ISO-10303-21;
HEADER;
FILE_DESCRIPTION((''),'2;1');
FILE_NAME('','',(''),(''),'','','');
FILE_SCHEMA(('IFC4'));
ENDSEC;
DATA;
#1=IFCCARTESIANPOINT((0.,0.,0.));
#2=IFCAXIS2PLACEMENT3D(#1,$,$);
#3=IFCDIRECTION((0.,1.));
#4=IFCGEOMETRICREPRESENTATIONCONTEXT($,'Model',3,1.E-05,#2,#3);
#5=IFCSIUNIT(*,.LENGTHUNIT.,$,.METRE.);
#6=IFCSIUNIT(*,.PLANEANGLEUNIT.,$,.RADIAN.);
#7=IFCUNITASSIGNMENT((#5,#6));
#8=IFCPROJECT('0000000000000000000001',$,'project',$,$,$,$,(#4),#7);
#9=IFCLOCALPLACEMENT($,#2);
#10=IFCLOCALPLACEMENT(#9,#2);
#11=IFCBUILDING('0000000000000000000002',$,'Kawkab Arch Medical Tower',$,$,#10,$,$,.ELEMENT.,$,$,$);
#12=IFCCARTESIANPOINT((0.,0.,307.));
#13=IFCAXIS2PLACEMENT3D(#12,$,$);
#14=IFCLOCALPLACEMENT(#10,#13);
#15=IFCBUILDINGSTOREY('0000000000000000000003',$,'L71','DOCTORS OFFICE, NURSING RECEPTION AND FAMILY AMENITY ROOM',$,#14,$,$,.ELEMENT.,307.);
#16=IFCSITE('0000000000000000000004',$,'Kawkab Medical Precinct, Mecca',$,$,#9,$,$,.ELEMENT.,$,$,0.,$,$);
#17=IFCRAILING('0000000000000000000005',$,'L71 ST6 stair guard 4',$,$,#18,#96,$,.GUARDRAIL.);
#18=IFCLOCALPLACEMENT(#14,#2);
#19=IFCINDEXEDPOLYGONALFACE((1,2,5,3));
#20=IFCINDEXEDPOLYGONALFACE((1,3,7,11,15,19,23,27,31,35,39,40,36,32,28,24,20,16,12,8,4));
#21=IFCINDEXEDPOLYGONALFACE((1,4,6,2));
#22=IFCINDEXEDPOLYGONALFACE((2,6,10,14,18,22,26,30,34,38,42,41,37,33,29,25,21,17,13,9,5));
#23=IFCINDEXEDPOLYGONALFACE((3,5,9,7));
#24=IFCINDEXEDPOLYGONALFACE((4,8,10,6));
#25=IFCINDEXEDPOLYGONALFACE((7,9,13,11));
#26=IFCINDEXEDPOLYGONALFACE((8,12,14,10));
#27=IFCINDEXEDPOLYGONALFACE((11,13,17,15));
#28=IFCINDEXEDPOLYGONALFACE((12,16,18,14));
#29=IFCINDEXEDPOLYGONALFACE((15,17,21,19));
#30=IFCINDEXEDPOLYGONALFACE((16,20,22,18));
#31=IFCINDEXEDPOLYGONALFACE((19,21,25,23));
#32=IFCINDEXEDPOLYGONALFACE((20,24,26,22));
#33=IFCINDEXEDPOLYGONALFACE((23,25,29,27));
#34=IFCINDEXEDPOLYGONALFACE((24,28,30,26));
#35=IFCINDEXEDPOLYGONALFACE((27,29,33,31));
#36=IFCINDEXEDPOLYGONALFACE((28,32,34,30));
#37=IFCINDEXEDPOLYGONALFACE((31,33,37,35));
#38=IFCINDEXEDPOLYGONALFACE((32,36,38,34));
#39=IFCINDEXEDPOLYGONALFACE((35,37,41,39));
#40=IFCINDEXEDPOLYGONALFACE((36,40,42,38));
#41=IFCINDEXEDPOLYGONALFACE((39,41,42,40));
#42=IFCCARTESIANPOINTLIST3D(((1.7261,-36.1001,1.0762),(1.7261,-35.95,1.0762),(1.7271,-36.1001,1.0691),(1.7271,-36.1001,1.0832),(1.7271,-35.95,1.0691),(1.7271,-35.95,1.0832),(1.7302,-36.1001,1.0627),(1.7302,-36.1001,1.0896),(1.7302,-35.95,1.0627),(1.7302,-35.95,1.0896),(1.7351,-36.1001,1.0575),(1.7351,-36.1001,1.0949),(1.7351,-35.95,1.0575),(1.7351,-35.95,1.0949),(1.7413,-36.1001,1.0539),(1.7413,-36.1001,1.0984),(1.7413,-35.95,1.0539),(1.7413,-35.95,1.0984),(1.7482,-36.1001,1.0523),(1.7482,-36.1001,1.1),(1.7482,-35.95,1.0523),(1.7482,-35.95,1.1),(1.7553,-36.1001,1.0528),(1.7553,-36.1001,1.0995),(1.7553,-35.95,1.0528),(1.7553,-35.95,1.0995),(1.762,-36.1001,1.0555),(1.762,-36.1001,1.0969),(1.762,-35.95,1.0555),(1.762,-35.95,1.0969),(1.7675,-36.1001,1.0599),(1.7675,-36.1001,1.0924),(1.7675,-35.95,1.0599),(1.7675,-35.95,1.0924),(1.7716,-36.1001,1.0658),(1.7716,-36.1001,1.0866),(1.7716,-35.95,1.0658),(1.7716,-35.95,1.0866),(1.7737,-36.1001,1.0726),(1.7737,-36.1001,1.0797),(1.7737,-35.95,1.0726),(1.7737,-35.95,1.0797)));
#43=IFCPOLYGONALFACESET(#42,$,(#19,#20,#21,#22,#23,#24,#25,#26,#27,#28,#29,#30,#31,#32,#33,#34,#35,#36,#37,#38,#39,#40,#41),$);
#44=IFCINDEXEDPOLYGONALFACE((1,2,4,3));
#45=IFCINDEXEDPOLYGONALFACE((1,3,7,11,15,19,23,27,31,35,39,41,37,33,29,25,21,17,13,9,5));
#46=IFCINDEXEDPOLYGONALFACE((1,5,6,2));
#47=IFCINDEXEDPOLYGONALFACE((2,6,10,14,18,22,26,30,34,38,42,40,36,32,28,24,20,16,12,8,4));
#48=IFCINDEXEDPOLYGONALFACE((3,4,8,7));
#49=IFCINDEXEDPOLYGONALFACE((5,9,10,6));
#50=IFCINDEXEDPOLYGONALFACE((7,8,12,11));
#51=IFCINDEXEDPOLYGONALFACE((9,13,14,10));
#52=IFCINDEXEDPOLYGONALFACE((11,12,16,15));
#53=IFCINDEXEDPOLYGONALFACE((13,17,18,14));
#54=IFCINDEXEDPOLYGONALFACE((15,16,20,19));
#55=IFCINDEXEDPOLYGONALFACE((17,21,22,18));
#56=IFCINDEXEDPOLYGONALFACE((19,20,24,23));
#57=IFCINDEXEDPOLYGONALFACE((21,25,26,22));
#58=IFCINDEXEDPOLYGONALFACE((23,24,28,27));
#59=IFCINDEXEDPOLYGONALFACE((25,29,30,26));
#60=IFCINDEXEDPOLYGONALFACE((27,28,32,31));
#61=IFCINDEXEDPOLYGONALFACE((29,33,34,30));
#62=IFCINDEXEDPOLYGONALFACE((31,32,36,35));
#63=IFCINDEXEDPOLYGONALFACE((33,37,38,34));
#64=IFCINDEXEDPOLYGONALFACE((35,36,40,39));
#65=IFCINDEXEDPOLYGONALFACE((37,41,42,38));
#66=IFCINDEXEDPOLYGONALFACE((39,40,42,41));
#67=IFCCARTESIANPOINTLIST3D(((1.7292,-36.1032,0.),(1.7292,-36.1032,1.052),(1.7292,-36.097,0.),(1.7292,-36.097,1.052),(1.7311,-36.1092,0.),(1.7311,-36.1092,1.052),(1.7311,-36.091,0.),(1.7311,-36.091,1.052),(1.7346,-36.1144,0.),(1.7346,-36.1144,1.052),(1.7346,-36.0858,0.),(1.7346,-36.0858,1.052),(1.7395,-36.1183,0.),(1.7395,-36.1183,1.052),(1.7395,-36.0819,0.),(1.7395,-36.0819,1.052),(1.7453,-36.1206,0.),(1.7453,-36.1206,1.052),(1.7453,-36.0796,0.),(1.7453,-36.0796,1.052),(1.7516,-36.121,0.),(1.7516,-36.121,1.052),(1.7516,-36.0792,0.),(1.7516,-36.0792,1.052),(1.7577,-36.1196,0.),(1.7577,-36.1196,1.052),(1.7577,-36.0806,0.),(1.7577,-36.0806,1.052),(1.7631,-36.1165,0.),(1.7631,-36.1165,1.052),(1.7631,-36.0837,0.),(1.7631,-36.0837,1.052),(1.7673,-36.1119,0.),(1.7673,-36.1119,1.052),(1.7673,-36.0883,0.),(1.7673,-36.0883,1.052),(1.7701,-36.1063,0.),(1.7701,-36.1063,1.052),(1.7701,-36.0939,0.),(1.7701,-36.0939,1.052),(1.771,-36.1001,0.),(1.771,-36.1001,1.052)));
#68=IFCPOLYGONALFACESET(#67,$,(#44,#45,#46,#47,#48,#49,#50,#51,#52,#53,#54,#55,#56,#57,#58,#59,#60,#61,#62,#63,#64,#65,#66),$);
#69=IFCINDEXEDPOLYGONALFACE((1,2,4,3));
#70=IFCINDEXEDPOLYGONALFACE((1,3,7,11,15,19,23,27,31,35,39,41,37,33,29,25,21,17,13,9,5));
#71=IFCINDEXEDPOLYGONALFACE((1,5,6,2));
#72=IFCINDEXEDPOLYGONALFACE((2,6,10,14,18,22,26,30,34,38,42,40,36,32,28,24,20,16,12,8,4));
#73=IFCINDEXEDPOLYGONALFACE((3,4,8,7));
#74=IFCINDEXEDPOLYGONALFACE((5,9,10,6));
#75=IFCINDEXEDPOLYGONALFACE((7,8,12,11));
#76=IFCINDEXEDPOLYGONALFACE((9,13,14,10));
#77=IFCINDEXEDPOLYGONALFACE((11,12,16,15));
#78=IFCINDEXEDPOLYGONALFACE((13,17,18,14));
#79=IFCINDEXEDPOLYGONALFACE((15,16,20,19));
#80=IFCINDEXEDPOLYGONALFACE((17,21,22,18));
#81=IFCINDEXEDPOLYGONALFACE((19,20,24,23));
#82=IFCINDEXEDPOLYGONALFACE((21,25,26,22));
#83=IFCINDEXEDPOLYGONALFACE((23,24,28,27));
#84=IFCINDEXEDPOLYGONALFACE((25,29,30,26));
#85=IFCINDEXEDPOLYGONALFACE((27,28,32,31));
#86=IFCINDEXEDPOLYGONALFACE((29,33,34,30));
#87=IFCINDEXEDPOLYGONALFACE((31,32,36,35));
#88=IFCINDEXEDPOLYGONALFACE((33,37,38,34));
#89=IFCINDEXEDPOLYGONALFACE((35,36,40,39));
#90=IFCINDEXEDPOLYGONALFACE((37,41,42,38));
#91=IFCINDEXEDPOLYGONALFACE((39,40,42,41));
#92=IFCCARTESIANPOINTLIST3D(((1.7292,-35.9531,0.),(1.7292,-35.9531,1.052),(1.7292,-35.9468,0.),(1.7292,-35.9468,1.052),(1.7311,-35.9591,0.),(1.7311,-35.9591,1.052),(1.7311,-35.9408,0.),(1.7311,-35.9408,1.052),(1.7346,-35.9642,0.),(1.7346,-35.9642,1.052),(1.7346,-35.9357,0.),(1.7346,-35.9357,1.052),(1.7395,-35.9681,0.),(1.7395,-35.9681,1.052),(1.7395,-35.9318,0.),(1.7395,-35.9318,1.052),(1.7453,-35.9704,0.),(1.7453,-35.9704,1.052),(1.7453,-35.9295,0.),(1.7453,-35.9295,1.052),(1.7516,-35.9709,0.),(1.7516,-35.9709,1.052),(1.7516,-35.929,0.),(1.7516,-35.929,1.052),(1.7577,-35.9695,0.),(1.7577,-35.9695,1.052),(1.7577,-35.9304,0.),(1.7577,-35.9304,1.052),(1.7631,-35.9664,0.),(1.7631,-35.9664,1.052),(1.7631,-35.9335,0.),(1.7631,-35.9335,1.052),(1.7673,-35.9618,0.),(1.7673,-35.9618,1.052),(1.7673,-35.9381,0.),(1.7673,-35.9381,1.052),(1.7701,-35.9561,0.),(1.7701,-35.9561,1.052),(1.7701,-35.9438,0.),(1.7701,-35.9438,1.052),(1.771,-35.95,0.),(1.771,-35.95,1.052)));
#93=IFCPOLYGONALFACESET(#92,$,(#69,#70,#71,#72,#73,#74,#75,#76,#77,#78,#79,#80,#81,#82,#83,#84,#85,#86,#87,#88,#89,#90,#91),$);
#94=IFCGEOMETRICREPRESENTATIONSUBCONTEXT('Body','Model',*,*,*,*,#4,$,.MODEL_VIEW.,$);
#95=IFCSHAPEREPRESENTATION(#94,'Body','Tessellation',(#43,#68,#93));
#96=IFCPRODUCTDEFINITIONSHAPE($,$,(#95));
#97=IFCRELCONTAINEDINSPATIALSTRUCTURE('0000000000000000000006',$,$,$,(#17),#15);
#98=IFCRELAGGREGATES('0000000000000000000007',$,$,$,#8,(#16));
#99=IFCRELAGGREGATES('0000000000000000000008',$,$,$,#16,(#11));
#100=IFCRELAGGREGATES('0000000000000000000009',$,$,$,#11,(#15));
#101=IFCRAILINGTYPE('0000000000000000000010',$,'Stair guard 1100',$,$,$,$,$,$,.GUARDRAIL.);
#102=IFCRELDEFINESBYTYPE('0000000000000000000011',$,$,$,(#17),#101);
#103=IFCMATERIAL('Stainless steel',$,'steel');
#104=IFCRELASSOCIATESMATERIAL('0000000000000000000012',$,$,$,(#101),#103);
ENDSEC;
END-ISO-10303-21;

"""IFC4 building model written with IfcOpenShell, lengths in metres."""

from ifc_helpers import new_model, si_unit, direction, frame, origin, origin_2d, place, context, subcontext, project, spatial, circle, extrude, material, type_object, element, save


model = new_model("IFC4")

# Units and contexts
model_context = context("Model", 3, precision=1e-05, world=origin(), true_north=direction((0.0, 1.0)))
body_context = subcontext(model_context, "Body", "Model", "MODEL_VIEW")
ifc_project = project(units=[si_unit("LENGTHUNIT", "METRE"), si_unit("PLANEANGLEUNIT", "RADIAN")], contexts=[model_context])

# Site, building, storey
site_placement = place(None, origin())
site = spatial("IfcSite", under=ifc_project, at=site_placement, Name="Kawkab Medical Precinct, Mecca", CompositionType="ELEMENT", RefElevation=0.0)
building_placement = place(site_placement, origin())
building = spatial("IfcBuilding", under=site, at=building_placement, Name="Kawkab Arch Medical Tower", CompositionType="ELEMENT")
storey_placement = place(building_placement, frame((0.0, 0.0, 307.0)))
storey = spatial("IfcBuildingStorey", under=building, at=storey_placement, Name="L71", Description="DOCTORS OFFICE, NURSING RECEPTION AND FAMILY AMENITY ROOM", CompositionType="ELEMENT", Elevation=307.0)

# Railing
ifc_material_1 = material(Name="Stainless steel", Category="steel")
railing_type_1 = type_object("IfcRailingType", Name="Stair guard 1100", PredefinedType="GUARDRAIL", material=ifc_material_1)
railing_1_placement = place(storey_placement, frame((1.75, -36.1001, 0.0)))
element("IfcRailing", 1, at=railing_1_placement, inside=storey, type_object=railing_type_1, Name="L71 ST6 stair guard 4", PredefinedType="GUARDRAIL", context=body_context, shape_type="SweptSolid", body=[
    extrude(circle(Radius=0.0239, at=origin_2d()), frame((0.0, 0.0, 1.0762), z_axis=(0.0, 1.0, 0.0), x_axis=(-1.0, 0.0, 0.0)), (0.0, 0.0, 1.0), 0.1501),
    extrude(circle(Radius=0.021, at=origin_2d()), origin(), (0.0, 0.0, 1.0), 1.052),
    extrude(circle(Radius=0.021, at=origin_2d()), frame((0.0, 0.1501, 0.0)), (0.0, 0.0, 1.0), 1.052),
])

save(model, "model.ifc")
